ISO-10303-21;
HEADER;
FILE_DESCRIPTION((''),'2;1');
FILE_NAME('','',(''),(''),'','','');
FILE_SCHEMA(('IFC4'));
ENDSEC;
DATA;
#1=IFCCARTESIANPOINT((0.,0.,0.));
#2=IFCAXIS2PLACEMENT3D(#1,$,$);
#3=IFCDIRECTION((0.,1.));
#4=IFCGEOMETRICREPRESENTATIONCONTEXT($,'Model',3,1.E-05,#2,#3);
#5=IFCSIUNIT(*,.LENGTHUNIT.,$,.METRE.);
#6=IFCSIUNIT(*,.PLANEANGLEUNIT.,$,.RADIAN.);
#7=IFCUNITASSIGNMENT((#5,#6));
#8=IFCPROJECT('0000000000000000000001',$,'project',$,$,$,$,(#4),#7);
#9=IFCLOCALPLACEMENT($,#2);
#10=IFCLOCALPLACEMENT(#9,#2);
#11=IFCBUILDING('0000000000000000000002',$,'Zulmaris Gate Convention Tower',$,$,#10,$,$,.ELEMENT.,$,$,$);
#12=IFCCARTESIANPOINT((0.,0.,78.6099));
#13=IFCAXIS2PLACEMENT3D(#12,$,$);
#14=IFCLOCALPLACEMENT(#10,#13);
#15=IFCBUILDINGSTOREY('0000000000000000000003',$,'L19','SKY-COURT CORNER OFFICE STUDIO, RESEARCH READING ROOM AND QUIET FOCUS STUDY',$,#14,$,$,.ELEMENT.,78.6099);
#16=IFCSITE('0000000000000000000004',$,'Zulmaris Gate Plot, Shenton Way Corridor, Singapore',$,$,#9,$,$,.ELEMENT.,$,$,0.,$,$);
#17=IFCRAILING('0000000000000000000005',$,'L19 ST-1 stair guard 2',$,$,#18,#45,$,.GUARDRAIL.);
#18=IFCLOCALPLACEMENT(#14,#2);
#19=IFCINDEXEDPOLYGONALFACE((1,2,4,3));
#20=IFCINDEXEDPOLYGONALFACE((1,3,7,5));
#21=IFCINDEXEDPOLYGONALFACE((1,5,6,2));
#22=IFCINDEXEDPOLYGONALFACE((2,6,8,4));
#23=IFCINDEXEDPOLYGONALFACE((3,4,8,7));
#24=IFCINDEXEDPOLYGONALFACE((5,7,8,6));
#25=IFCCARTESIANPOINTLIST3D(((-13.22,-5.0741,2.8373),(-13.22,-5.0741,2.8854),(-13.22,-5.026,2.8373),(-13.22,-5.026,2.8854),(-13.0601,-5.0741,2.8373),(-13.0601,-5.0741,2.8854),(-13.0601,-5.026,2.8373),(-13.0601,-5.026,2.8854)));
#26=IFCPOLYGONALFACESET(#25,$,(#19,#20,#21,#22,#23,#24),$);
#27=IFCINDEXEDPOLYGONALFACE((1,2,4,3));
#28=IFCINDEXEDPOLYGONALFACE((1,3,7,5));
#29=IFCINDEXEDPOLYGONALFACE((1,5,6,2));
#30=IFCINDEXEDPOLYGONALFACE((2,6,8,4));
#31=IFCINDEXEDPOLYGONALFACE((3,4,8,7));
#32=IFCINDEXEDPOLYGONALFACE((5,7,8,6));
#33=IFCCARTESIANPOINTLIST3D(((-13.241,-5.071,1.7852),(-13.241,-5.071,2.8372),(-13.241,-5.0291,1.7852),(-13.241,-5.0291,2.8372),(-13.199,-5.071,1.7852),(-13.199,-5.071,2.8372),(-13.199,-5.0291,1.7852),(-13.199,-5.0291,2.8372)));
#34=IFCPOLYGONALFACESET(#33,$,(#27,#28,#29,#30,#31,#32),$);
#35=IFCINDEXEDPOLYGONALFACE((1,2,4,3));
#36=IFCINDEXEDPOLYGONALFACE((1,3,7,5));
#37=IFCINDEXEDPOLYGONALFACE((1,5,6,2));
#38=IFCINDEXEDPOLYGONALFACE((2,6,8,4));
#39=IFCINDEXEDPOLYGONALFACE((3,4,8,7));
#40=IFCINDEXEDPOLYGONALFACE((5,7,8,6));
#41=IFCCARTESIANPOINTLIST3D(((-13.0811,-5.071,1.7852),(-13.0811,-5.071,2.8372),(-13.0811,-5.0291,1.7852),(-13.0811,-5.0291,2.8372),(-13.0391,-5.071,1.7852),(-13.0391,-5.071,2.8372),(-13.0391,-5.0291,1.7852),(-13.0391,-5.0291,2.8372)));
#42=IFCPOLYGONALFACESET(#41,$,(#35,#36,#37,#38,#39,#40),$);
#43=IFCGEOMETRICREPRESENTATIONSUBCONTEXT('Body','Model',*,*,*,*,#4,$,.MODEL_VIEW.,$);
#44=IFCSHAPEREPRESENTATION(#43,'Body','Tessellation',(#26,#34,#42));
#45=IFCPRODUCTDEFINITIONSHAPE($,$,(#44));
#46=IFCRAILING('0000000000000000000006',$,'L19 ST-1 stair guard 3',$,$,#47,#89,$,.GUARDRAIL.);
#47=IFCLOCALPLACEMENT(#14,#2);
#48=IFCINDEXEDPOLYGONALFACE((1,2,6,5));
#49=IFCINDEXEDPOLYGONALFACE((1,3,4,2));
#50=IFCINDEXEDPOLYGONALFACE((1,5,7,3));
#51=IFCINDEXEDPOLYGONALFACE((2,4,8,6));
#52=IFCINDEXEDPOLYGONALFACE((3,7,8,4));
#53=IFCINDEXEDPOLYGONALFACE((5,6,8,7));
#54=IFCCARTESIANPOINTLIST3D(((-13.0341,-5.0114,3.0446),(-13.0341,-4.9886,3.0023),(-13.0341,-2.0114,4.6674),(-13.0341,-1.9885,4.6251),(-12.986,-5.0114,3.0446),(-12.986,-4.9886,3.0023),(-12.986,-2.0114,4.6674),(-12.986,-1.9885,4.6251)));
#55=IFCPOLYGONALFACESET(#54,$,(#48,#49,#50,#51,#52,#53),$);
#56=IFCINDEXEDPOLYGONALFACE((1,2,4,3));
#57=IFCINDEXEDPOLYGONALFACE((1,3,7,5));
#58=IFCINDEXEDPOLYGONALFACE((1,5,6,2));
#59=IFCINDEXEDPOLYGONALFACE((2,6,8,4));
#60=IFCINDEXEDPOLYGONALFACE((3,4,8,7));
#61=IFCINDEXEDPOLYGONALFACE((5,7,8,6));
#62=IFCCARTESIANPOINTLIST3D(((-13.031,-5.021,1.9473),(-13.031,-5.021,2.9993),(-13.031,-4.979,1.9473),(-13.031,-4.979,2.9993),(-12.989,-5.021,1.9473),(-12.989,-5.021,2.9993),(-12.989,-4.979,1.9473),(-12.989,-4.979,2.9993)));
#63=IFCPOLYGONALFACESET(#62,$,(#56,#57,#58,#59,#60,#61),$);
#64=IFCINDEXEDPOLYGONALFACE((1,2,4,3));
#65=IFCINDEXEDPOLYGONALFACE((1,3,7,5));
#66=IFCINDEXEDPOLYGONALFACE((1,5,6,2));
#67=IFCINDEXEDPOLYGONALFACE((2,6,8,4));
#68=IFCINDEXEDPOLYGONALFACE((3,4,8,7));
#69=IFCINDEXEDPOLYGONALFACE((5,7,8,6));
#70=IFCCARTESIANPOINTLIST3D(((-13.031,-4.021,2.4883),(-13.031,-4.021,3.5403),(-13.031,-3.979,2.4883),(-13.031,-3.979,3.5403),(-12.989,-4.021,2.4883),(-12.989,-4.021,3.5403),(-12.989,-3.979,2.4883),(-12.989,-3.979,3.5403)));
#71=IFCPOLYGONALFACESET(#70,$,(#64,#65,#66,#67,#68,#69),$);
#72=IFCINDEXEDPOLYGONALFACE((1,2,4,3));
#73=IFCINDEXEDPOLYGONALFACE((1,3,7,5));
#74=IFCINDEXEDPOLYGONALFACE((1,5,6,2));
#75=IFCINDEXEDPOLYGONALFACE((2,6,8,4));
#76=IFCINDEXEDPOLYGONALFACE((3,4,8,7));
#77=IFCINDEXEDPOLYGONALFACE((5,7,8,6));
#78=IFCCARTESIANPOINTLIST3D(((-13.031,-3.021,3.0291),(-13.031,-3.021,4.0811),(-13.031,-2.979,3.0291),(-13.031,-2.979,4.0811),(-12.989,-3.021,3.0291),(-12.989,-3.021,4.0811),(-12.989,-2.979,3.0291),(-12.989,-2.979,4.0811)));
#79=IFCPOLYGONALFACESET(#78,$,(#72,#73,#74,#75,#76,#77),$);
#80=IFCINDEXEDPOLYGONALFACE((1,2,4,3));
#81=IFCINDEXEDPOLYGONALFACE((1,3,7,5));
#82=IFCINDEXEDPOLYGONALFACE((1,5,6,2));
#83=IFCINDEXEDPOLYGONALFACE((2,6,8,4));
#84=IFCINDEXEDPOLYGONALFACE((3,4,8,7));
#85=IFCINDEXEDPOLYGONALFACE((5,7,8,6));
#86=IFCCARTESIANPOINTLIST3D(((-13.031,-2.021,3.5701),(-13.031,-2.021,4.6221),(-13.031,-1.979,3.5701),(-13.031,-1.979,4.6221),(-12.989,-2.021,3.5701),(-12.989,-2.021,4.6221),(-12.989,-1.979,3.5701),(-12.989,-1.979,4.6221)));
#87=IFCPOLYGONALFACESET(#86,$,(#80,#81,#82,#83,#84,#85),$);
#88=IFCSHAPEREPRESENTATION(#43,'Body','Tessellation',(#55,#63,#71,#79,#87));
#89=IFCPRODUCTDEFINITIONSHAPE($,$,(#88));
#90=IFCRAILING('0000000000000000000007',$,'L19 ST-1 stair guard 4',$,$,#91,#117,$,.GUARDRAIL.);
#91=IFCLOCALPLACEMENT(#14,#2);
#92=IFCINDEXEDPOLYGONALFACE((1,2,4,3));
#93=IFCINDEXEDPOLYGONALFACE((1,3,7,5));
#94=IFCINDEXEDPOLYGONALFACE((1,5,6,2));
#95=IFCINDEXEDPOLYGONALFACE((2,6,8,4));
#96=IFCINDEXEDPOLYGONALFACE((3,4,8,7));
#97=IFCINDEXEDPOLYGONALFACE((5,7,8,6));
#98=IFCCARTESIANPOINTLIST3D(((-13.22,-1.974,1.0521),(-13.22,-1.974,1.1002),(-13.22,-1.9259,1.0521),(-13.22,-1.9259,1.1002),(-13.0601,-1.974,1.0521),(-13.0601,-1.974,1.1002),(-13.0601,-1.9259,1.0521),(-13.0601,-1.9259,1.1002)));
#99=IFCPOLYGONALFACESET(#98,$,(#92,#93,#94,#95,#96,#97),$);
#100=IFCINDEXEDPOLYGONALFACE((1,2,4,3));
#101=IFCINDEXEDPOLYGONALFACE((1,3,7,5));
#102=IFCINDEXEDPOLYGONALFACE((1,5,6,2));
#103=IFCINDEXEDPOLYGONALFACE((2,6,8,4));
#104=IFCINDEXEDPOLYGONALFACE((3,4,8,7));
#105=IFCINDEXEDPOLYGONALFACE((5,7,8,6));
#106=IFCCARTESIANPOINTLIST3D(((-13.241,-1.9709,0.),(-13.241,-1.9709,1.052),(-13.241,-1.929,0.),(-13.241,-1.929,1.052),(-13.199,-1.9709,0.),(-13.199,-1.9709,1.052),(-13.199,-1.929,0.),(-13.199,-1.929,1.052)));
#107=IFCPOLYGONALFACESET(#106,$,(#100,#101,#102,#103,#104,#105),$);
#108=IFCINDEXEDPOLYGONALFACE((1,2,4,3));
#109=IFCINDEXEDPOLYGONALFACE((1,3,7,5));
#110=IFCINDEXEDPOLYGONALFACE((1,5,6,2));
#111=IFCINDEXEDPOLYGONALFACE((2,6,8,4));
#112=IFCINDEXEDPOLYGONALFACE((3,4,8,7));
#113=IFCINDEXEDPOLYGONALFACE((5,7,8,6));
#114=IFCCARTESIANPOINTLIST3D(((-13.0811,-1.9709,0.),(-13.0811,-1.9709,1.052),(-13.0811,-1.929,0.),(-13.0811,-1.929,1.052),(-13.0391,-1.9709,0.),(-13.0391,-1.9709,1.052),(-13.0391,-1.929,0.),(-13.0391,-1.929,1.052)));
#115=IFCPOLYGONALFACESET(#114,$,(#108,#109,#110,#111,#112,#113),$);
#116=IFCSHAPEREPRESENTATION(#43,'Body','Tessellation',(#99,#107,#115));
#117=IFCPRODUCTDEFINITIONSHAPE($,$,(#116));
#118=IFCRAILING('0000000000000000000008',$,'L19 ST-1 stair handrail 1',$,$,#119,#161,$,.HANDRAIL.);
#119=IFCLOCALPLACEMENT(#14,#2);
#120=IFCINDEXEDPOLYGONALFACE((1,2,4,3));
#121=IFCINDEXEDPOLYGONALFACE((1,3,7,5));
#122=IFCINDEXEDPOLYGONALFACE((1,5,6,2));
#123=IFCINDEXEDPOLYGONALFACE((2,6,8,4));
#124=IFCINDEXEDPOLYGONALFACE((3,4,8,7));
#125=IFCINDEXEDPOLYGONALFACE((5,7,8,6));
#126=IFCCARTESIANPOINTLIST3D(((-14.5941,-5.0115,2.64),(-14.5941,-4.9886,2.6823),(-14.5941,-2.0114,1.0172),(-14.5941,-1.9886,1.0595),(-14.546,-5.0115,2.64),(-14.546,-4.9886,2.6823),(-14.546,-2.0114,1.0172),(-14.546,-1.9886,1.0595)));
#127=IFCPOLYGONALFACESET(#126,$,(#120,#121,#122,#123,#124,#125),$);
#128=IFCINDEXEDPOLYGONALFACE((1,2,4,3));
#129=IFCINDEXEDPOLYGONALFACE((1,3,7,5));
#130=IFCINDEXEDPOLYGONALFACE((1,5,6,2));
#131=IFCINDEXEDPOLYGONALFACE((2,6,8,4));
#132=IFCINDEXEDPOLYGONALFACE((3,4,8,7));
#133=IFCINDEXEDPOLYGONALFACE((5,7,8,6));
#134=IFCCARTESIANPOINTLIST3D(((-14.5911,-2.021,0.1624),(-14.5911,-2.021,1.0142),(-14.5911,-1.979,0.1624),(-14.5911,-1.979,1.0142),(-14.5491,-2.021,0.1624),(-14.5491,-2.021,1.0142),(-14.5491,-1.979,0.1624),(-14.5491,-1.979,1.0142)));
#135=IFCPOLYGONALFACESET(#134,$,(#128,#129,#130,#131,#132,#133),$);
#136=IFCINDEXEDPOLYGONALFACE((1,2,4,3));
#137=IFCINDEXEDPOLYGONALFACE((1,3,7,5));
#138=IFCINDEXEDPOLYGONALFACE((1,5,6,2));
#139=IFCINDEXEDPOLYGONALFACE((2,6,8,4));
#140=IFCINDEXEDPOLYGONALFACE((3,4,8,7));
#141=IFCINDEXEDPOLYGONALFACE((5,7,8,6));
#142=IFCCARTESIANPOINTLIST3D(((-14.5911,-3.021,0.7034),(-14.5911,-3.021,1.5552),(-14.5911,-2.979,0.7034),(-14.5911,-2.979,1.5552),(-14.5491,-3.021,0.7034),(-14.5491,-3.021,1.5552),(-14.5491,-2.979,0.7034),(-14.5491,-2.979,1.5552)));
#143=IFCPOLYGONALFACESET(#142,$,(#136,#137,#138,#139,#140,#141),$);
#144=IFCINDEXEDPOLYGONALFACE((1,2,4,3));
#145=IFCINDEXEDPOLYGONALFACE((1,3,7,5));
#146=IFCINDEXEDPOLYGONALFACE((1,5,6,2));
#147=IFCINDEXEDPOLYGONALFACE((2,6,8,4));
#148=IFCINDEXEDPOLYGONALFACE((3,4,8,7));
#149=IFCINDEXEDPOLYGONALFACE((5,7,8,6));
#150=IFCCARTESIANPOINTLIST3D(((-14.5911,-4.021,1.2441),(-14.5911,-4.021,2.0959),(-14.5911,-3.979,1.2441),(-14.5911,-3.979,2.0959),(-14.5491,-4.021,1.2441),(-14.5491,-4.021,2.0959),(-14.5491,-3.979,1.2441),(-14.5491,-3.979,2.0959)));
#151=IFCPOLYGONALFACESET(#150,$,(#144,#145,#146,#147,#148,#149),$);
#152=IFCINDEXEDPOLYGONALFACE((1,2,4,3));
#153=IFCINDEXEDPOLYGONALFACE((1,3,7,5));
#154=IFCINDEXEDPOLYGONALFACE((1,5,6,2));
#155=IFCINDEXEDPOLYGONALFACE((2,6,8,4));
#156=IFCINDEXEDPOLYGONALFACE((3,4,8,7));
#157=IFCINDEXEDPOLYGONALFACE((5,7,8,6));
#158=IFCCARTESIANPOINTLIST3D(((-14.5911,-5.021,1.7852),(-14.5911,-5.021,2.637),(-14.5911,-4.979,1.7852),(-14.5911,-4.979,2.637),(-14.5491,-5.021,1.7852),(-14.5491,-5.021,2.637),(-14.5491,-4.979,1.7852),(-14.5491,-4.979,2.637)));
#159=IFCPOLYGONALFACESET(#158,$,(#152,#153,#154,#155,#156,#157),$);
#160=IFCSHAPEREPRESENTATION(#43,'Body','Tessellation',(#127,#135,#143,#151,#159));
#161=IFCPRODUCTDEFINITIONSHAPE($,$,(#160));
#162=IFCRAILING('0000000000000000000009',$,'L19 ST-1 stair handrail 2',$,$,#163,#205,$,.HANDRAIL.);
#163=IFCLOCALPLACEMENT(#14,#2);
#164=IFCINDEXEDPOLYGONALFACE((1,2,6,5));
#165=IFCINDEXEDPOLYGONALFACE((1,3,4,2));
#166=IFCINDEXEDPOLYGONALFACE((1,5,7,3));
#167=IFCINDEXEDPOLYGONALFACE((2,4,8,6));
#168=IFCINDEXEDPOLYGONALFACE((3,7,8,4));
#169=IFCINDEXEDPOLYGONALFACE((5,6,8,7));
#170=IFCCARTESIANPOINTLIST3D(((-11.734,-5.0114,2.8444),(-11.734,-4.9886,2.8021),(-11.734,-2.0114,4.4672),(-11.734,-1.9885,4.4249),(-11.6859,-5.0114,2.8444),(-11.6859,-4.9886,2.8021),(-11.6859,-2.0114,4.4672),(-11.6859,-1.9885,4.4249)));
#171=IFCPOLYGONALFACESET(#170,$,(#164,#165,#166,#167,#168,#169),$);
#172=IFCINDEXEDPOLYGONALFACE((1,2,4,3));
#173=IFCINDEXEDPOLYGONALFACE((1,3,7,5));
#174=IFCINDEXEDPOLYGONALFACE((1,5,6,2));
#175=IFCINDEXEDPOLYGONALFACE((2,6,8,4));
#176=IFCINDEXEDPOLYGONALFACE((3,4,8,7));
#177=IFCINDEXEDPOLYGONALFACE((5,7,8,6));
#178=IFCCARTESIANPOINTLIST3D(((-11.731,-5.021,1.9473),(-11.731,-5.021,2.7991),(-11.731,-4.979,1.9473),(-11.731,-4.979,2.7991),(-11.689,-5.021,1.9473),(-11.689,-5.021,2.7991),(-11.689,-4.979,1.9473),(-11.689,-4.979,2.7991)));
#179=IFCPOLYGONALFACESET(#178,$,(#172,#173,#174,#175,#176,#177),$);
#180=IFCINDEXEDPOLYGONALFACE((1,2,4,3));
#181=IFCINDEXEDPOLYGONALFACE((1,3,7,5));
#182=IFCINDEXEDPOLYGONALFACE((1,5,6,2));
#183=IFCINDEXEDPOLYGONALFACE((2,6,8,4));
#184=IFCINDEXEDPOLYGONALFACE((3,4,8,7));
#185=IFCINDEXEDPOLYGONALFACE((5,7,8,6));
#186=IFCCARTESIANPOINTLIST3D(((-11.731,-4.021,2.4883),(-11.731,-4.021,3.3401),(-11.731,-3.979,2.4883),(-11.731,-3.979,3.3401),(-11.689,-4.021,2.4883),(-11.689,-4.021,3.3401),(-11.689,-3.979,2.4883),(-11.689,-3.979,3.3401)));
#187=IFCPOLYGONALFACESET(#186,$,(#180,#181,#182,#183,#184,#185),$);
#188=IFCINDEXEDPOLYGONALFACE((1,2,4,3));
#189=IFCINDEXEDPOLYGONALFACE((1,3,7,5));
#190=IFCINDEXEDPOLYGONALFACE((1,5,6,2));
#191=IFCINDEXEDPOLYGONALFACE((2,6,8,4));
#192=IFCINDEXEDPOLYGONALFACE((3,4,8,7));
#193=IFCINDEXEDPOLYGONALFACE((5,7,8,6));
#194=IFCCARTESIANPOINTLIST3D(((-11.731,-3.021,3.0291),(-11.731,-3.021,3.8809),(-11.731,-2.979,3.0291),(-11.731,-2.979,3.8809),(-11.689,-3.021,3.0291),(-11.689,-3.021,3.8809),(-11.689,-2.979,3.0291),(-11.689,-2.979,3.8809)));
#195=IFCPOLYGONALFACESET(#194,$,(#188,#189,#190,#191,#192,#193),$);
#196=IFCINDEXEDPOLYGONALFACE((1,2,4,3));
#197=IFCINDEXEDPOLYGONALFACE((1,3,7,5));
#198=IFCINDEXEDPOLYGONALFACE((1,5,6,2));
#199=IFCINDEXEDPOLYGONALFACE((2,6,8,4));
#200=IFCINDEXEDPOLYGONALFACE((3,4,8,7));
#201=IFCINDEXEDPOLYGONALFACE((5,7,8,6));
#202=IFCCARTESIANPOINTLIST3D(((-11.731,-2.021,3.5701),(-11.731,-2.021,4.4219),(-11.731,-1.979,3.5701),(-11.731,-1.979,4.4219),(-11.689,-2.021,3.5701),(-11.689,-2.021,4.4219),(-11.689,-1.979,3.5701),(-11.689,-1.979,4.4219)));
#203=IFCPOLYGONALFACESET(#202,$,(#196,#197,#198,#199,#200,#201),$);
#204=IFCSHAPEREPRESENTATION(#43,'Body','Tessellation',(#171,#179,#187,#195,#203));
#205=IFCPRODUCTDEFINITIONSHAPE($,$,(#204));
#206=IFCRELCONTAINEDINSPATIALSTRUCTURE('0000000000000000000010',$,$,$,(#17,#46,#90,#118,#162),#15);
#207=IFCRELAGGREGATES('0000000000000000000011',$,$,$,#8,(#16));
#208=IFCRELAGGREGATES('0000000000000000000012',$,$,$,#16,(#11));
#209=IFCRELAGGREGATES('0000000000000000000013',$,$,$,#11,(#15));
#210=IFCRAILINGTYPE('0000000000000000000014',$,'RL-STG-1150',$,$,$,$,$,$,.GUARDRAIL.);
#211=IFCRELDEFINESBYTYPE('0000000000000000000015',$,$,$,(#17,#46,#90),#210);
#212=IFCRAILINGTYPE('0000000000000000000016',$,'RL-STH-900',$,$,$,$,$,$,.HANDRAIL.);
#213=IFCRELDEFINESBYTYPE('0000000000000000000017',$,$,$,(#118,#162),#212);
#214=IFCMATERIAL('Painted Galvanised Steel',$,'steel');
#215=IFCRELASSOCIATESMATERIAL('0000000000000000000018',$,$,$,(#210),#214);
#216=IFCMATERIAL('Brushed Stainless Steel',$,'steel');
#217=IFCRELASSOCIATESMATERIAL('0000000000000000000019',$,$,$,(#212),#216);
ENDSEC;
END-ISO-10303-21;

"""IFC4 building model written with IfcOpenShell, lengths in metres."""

from ifc_helpers import new_model, si_unit, direction, frame, origin, origin_2d, place, context, subcontext, project, spatial, rectangle, extrude, material, type_object, element, save


model = new_model("IFC4")

# Units and contexts
model_context = context("Model", 3, precision=1e-05, world=origin(), true_north=direction((0.0, 1.0)))
body_context = subcontext(model_context, "Body", "Model", "MODEL_VIEW")
ifc_project = project(units=[si_unit("LENGTHUNIT", "METRE"), si_unit("PLANEANGLEUNIT", "RADIAN")], contexts=[model_context])

# Site, building, storey
site_placement = place(None, origin())
site = spatial("IfcSite", under=ifc_project, at=site_placement, Name="Zulmaris Gate Plot, Shenton Way Corridor, Singapore", CompositionType="ELEMENT", RefElevation=0.0)
building_placement = place(site_placement, origin())
building = spatial("IfcBuilding", under=site, at=building_placement, Name="Zulmaris Gate Convention Tower", CompositionType="ELEMENT")
storey_placement = place(building_placement, frame((0.0, 0.0, 78.6099)))
storey = spatial("IfcBuildingStorey", under=building, at=storey_placement, Name="L19", Description="SKY-COURT CORNER OFFICE STUDIO, RESEARCH READING ROOM AND QUIET FOCUS STUDY", CompositionType="ELEMENT", Elevation=78.6099)

# Railings
ifc_material_1 = material(Name="Painted Galvanised Steel", Category="steel")
railing_type_1 = type_object("IfcRailingType", Name="RL-STG-1150", PredefinedType="GUARDRAIL", material=ifc_material_1)
railing_1_placement = place(storey_placement, frame((-13.22, -5.05, 1.7852)))
element("IfcRailing", 1, at=railing_1_placement, inside=storey, type_object=railing_type_1, Name="L19 ST-1 stair guard 2", PredefinedType="GUARDRAIL", context=body_context, shape_type="SweptSolid", body=[
    extrude(rectangle(XDim=0.0481, YDim=0.0481, at=origin_2d()), frame((0.0, 0.0, 1.0762), z_axis=(1.0, 0.0, 0.0), x_axis=(0.0, 1.0, 0.0)), (0.0, 0.0, 1.0), 0.1599),
    extrude(rectangle(XDim=0.042, YDim=0.042, at=origin_2d()), origin(), (0.0, 0.0, 1.0), 1.052),
    extrude(rectangle(XDim=0.042, YDim=0.042, at=origin_2d()), frame((0.1599, 0.0, 0.0)), (0.0, 0.0, 1.0), 1.052),
])
railing_2_placement = place(storey_placement, frame((-13.01, -5.0, 1.9473)))
element("IfcRailing", 2, at=railing_2_placement, inside=storey, type_object=railing_type_1, Name="L19 ST-1 stair guard 3", PredefinedType="GUARDRAIL", context=body_context, shape_type="SweptSolid", body=[
    extrude(rectangle(XDim=0.0481, YDim=0.0481, at=origin_2d()), frame((0.0, 0.0, 1.0762), z_axis=(0.0, 0.879562, 0.475785), x_axis=(-1.0, 0.0, 0.0)), (0.0, 0.0, 1.0), 3.4109),
    extrude(rectangle(XDim=0.042, YDim=0.042, at=origin_2d()), origin(), (0.0, 0.0, 1.0), 1.052),
    extrude(rectangle(XDim=0.042, YDim=0.042, at=origin_2d()), frame((0.0, 1.0, 0.541)), (0.0, 0.0, 1.0), 1.052),
    extrude(rectangle(XDim=0.042, YDim=0.042, at=origin_2d()), frame((0.0, 2.0, 1.0818)), (0.0, 0.0, 1.0), 1.052),
    extrude(rectangle(XDim=0.042, YDim=0.042, at=origin_2d()), frame((0.0, 3.0, 1.6228)), (0.0, 0.0, 1.0), 1.052),
])
railing_3_placement = place(storey_placement, frame((-13.22, -1.95, 0.0)))
element("IfcRailing", 3, at=railing_3_placement, inside=storey, type_object=railing_type_1, Name="L19 ST-1 stair guard 4", PredefinedType="GUARDRAIL", context=body_context, shape_type="SweptSolid", body=[
    extrude(rectangle(XDim=0.0481, YDim=0.0481, at=origin_2d()), frame((0.0, 0.0, 1.0762), z_axis=(1.0, 0.0, 0.0), x_axis=(0.0, 1.0, 0.0)), (0.0, 0.0, 1.0), 0.1599),
    extrude(rectangle(XDim=0.042, YDim=0.042, at=origin_2d()), origin(), (0.0, 0.0, 1.0), 1.052),
    extrude(rectangle(XDim=0.042, YDim=0.042, at=origin_2d()), frame((0.1599, 0.0, 0.0)), (0.0, 0.0, 1.0), 1.052),
])
ifc_material_2 = material(Name="Brushed Stainless Steel", Category="steel")
railing_type_2 = type_object("IfcRailingType", Name="RL-STH-900", PredefinedType="HANDRAIL", material=ifc_material_2)
railing_4_placement = place(storey_placement, frame((-14.5701, -2.0, 0.1624)))
element("IfcRailing", 4, at=railing_4_placement, inside=storey, type_object=railing_type_2, Name="L19 ST-1 stair handrail 1", PredefinedType="HANDRAIL", context=body_context, shape_type="SweptSolid", body=[
    extrude(rectangle(XDim=0.0481, YDim=0.0481, at=origin_2d()), frame((0.0, 0.0, 0.876), z_axis=(0.0, -0.879562, 0.475785), x_axis=(1.0, 0.0, 0.0)), (0.0, 0.0, 1.0), 3.4109),
    extrude(rectangle(XDim=0.042, YDim=0.042, at=origin_2d()), origin(), (0.0, 0.0, 1.0), 0.8518),
    extrude(rectangle(XDim=0.042, YDim=0.042, at=origin_2d()), frame((0.0, -1.0, 0.541)), (0.0, 0.0, 1.0), 0.8518),
    extrude(rectangle(XDim=0.042, YDim=0.042, at=origin_2d()), frame((0.0, -2.0, 1.0818)), (0.0, 0.0, 1.0), 0.8518),
    extrude(rectangle(XDim=0.042, YDim=0.042, at=origin_2d()), frame((0.0, -3.0, 1.6228)), (0.0, 0.0, 1.0), 0.8518),
])
railing_5_placement = place(storey_placement, frame((-11.71, -5.0, 1.9473)))
element("IfcRailing", 5, at=railing_5_placement, inside=storey, type_object=railing_type_2, Name="L19 ST-1 stair handrail 2", PredefinedType="HANDRAIL", context=body_context, shape_type="SweptSolid", body=[
    extrude(rectangle(XDim=0.0481, YDim=0.0481, at=origin_2d()), frame((0.0, 0.0, 0.876), z_axis=(0.0, 0.879562, 0.475785), x_axis=(-1.0, 0.0, 0.0)), (0.0, 0.0, 1.0), 3.4109),
    extrude(rectangle(XDim=0.042, YDim=0.042, at=origin_2d()), origin(), (0.0, 0.0, 1.0), 0.8518),
    extrude(rectangle(XDim=0.042, YDim=0.042, at=origin_2d()), frame((0.0, 1.0, 0.541)), (0.0, 0.0, 1.0), 0.8518),
    extrude(rectangle(XDim=0.042, YDim=0.042, at=origin_2d()), frame((0.0, 2.0, 1.0818)), (0.0, 0.0, 1.0), 0.8518),
    extrude(rectangle(XDim=0.042, YDim=0.042, at=origin_2d()), frame((0.0, 3.0, 1.6228)), (0.0, 0.0, 1.0), 0.8518),
])

save(model, "model.ifc")
